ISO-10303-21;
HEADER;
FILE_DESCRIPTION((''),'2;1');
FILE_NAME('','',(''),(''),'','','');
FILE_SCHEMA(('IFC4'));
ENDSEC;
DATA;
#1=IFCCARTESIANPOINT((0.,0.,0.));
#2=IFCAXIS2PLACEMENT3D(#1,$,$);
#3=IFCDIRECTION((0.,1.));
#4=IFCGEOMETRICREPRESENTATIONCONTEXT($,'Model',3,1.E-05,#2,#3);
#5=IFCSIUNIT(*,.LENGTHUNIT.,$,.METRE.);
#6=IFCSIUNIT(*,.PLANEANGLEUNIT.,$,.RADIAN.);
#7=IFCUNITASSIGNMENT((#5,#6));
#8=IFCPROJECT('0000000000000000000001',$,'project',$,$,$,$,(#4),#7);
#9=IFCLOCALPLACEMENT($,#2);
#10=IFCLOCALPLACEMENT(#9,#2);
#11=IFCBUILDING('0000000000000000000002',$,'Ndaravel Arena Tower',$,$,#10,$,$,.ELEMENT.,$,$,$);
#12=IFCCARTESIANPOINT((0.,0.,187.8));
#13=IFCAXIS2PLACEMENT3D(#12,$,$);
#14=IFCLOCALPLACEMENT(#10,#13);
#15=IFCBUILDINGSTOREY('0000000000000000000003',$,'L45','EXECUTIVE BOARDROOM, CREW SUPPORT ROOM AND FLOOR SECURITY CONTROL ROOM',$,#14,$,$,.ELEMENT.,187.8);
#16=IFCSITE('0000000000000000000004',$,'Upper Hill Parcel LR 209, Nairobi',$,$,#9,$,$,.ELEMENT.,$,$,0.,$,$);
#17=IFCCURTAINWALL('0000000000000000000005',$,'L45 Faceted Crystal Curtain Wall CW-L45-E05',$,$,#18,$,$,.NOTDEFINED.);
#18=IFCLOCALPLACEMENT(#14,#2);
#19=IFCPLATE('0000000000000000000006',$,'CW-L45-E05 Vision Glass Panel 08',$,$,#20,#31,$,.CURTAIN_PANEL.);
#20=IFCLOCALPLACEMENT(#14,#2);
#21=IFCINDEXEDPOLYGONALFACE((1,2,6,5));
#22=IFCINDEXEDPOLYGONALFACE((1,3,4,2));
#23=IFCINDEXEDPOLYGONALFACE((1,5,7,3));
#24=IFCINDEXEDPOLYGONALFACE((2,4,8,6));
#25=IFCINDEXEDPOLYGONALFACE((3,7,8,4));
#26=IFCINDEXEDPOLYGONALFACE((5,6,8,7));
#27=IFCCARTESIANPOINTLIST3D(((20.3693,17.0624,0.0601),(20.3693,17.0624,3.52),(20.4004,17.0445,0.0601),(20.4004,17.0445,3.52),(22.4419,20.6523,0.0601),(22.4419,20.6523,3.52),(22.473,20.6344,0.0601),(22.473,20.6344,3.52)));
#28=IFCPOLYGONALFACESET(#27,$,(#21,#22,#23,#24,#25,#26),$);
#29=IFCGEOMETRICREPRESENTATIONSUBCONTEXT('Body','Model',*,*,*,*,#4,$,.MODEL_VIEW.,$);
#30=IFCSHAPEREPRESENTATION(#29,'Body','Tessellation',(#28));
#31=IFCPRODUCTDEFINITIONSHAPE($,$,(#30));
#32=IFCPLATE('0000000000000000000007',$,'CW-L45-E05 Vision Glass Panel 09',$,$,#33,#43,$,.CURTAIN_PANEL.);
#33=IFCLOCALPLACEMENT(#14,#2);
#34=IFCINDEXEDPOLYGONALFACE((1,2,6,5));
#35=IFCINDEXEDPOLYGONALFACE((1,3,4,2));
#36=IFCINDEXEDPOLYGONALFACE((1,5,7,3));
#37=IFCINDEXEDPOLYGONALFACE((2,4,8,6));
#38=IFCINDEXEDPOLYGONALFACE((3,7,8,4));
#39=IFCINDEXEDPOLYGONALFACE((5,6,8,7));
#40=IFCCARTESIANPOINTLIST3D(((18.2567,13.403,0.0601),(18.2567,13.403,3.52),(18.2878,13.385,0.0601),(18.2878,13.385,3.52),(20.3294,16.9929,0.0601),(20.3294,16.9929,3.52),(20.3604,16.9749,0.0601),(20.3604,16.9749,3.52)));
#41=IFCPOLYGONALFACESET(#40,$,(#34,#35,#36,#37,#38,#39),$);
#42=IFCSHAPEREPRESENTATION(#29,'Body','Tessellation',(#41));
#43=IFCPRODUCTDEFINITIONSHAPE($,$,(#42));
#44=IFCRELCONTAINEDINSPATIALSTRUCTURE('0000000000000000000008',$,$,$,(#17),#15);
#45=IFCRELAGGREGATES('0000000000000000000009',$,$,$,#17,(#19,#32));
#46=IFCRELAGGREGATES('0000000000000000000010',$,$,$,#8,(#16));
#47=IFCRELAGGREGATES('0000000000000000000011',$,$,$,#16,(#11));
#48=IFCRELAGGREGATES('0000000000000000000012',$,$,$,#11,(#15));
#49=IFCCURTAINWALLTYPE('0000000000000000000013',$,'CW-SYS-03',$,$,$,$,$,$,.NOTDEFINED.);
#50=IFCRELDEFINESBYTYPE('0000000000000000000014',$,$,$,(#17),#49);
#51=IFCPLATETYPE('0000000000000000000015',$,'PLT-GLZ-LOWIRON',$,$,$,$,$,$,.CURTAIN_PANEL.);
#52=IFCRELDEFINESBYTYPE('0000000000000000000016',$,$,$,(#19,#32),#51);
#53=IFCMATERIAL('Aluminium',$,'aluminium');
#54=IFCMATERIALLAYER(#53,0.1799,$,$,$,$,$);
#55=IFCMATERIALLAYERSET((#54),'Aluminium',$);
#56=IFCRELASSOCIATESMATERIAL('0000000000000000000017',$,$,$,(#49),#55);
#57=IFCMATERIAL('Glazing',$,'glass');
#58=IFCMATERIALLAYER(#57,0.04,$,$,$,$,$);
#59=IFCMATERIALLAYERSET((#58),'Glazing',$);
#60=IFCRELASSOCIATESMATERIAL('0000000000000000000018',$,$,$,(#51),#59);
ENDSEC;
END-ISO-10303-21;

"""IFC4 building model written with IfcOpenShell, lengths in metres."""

from ifc_helpers import new_model, si_unit, direction, frame, origin, origin_2d, place, context, subcontext, project, spatial, rectangle, extrude, material, layer, layer_set, type_object, element, aggregate, save


model = new_model("IFC4")

# Units and contexts
model_context = context("Model", 3, precision=1e-05, world=origin(), true_north=direction((0.0, 1.0)))
body_context = subcontext(model_context, "Body", "Model", "MODEL_VIEW")
ifc_project = project(units=[si_unit("LENGTHUNIT", "METRE"), si_unit("PLANEANGLEUNIT", "RADIAN")], contexts=[model_context])

# Site, building, storey
site_placement = place(None, origin())
site = spatial("IfcSite", under=ifc_project, at=site_placement, Name="Upper Hill Parcel LR 209, Nairobi", CompositionType="ELEMENT", RefElevation=0.0)
building_placement = place(site_placement, origin())
building = spatial("IfcBuilding", under=site, at=building_placement, Name="Ndaravel Arena Tower", CompositionType="ELEMENT")
storey_placement = place(building_placement, frame((0.0, 0.0, 187.8)))
storey = spatial("IfcBuildingStorey", under=building, at=storey_placement, Name="L45", Description="EXECUTIVE BOARDROOM, CREW SUPPORT ROOM AND FLOOR SECURITY CONTROL ROOM", CompositionType="ELEMENT", Elevation=187.8)

# Curtain wall, plates
ifc_material_1 = material(Name="Aluminium", Category="aluminium")
ifc_layer_1 = layer(ifc_material_1, 0.1799)
ifc_layer_set_1 = layer_set([ifc_layer_1], Name="Aluminium")
curtain_wall_type = type_object("IfcCurtainWallType", Name="CW-SYS-03", PredefinedType="NOTDEFINED", material=ifc_layer_set_1)
curtain_wall_placement = place(storey_placement, origin())
curtain_wall = element("IfcCurtainWall", 1, at=curtain_wall_placement, inside=storey, type_object=curtain_wall_type, Name="L45 Faceted Crystal Curtain Wall CW-L45-E05", PredefinedType="NOTDEFINED")
ifc_material_2 = material(Name="Glazing", Category="glass")
ifc_layer_2 = layer(ifc_material_2, 0.04)
ifc_layer_set_2 = layer_set([ifc_layer_2], Name="Glazing")
plate_type = type_object("IfcPlateType", Name="PLT-GLZ-LOWIRON", PredefinedType="CURTAIN_PANEL", material=ifc_layer_set_2)
plate_1_placement = place(storey_placement, frame((21.4211, 18.8484, 0.0601), z_axis=(0.0, 0.0, 1.0), x_axis=(-0.5, -0.866025, 0.0)))
plate_1 = element("IfcPlate", 2, at=plate_1_placement, type_object=plate_type, Name="CW-L45-E05 Vision Glass Panel 08", PredefinedType="CURTAIN_PANEL", context=body_context, shape_type="SweptSolid", body=[
    extrude(rectangle(XDim=4.1453, YDim=0.0359, at=origin_2d()), origin(), (0.0, 0.0, 1.0), 3.46),
])
plate_2_placement = place(storey_placement, frame((19.3086, 15.189, 0.0601), z_axis=(0.0, 0.0, 1.0), x_axis=(-0.5, -0.866025, 0.0)))
plate_2 = element("IfcPlate", 3, at=plate_2_placement, type_object=plate_type, Name="CW-L45-E05 Vision Glass Panel 09", PredefinedType="CURTAIN_PANEL", context=body_context, shape_type="SweptSolid", body=[
    extrude(rectangle(XDim=4.1453, YDim=0.0359, at=origin_2d()), origin(), (0.0, 0.0, 1.0), 3.46),
])
aggregate(curtain_wall, [plate_1, plate_2])

save(model, "model.ifc")
